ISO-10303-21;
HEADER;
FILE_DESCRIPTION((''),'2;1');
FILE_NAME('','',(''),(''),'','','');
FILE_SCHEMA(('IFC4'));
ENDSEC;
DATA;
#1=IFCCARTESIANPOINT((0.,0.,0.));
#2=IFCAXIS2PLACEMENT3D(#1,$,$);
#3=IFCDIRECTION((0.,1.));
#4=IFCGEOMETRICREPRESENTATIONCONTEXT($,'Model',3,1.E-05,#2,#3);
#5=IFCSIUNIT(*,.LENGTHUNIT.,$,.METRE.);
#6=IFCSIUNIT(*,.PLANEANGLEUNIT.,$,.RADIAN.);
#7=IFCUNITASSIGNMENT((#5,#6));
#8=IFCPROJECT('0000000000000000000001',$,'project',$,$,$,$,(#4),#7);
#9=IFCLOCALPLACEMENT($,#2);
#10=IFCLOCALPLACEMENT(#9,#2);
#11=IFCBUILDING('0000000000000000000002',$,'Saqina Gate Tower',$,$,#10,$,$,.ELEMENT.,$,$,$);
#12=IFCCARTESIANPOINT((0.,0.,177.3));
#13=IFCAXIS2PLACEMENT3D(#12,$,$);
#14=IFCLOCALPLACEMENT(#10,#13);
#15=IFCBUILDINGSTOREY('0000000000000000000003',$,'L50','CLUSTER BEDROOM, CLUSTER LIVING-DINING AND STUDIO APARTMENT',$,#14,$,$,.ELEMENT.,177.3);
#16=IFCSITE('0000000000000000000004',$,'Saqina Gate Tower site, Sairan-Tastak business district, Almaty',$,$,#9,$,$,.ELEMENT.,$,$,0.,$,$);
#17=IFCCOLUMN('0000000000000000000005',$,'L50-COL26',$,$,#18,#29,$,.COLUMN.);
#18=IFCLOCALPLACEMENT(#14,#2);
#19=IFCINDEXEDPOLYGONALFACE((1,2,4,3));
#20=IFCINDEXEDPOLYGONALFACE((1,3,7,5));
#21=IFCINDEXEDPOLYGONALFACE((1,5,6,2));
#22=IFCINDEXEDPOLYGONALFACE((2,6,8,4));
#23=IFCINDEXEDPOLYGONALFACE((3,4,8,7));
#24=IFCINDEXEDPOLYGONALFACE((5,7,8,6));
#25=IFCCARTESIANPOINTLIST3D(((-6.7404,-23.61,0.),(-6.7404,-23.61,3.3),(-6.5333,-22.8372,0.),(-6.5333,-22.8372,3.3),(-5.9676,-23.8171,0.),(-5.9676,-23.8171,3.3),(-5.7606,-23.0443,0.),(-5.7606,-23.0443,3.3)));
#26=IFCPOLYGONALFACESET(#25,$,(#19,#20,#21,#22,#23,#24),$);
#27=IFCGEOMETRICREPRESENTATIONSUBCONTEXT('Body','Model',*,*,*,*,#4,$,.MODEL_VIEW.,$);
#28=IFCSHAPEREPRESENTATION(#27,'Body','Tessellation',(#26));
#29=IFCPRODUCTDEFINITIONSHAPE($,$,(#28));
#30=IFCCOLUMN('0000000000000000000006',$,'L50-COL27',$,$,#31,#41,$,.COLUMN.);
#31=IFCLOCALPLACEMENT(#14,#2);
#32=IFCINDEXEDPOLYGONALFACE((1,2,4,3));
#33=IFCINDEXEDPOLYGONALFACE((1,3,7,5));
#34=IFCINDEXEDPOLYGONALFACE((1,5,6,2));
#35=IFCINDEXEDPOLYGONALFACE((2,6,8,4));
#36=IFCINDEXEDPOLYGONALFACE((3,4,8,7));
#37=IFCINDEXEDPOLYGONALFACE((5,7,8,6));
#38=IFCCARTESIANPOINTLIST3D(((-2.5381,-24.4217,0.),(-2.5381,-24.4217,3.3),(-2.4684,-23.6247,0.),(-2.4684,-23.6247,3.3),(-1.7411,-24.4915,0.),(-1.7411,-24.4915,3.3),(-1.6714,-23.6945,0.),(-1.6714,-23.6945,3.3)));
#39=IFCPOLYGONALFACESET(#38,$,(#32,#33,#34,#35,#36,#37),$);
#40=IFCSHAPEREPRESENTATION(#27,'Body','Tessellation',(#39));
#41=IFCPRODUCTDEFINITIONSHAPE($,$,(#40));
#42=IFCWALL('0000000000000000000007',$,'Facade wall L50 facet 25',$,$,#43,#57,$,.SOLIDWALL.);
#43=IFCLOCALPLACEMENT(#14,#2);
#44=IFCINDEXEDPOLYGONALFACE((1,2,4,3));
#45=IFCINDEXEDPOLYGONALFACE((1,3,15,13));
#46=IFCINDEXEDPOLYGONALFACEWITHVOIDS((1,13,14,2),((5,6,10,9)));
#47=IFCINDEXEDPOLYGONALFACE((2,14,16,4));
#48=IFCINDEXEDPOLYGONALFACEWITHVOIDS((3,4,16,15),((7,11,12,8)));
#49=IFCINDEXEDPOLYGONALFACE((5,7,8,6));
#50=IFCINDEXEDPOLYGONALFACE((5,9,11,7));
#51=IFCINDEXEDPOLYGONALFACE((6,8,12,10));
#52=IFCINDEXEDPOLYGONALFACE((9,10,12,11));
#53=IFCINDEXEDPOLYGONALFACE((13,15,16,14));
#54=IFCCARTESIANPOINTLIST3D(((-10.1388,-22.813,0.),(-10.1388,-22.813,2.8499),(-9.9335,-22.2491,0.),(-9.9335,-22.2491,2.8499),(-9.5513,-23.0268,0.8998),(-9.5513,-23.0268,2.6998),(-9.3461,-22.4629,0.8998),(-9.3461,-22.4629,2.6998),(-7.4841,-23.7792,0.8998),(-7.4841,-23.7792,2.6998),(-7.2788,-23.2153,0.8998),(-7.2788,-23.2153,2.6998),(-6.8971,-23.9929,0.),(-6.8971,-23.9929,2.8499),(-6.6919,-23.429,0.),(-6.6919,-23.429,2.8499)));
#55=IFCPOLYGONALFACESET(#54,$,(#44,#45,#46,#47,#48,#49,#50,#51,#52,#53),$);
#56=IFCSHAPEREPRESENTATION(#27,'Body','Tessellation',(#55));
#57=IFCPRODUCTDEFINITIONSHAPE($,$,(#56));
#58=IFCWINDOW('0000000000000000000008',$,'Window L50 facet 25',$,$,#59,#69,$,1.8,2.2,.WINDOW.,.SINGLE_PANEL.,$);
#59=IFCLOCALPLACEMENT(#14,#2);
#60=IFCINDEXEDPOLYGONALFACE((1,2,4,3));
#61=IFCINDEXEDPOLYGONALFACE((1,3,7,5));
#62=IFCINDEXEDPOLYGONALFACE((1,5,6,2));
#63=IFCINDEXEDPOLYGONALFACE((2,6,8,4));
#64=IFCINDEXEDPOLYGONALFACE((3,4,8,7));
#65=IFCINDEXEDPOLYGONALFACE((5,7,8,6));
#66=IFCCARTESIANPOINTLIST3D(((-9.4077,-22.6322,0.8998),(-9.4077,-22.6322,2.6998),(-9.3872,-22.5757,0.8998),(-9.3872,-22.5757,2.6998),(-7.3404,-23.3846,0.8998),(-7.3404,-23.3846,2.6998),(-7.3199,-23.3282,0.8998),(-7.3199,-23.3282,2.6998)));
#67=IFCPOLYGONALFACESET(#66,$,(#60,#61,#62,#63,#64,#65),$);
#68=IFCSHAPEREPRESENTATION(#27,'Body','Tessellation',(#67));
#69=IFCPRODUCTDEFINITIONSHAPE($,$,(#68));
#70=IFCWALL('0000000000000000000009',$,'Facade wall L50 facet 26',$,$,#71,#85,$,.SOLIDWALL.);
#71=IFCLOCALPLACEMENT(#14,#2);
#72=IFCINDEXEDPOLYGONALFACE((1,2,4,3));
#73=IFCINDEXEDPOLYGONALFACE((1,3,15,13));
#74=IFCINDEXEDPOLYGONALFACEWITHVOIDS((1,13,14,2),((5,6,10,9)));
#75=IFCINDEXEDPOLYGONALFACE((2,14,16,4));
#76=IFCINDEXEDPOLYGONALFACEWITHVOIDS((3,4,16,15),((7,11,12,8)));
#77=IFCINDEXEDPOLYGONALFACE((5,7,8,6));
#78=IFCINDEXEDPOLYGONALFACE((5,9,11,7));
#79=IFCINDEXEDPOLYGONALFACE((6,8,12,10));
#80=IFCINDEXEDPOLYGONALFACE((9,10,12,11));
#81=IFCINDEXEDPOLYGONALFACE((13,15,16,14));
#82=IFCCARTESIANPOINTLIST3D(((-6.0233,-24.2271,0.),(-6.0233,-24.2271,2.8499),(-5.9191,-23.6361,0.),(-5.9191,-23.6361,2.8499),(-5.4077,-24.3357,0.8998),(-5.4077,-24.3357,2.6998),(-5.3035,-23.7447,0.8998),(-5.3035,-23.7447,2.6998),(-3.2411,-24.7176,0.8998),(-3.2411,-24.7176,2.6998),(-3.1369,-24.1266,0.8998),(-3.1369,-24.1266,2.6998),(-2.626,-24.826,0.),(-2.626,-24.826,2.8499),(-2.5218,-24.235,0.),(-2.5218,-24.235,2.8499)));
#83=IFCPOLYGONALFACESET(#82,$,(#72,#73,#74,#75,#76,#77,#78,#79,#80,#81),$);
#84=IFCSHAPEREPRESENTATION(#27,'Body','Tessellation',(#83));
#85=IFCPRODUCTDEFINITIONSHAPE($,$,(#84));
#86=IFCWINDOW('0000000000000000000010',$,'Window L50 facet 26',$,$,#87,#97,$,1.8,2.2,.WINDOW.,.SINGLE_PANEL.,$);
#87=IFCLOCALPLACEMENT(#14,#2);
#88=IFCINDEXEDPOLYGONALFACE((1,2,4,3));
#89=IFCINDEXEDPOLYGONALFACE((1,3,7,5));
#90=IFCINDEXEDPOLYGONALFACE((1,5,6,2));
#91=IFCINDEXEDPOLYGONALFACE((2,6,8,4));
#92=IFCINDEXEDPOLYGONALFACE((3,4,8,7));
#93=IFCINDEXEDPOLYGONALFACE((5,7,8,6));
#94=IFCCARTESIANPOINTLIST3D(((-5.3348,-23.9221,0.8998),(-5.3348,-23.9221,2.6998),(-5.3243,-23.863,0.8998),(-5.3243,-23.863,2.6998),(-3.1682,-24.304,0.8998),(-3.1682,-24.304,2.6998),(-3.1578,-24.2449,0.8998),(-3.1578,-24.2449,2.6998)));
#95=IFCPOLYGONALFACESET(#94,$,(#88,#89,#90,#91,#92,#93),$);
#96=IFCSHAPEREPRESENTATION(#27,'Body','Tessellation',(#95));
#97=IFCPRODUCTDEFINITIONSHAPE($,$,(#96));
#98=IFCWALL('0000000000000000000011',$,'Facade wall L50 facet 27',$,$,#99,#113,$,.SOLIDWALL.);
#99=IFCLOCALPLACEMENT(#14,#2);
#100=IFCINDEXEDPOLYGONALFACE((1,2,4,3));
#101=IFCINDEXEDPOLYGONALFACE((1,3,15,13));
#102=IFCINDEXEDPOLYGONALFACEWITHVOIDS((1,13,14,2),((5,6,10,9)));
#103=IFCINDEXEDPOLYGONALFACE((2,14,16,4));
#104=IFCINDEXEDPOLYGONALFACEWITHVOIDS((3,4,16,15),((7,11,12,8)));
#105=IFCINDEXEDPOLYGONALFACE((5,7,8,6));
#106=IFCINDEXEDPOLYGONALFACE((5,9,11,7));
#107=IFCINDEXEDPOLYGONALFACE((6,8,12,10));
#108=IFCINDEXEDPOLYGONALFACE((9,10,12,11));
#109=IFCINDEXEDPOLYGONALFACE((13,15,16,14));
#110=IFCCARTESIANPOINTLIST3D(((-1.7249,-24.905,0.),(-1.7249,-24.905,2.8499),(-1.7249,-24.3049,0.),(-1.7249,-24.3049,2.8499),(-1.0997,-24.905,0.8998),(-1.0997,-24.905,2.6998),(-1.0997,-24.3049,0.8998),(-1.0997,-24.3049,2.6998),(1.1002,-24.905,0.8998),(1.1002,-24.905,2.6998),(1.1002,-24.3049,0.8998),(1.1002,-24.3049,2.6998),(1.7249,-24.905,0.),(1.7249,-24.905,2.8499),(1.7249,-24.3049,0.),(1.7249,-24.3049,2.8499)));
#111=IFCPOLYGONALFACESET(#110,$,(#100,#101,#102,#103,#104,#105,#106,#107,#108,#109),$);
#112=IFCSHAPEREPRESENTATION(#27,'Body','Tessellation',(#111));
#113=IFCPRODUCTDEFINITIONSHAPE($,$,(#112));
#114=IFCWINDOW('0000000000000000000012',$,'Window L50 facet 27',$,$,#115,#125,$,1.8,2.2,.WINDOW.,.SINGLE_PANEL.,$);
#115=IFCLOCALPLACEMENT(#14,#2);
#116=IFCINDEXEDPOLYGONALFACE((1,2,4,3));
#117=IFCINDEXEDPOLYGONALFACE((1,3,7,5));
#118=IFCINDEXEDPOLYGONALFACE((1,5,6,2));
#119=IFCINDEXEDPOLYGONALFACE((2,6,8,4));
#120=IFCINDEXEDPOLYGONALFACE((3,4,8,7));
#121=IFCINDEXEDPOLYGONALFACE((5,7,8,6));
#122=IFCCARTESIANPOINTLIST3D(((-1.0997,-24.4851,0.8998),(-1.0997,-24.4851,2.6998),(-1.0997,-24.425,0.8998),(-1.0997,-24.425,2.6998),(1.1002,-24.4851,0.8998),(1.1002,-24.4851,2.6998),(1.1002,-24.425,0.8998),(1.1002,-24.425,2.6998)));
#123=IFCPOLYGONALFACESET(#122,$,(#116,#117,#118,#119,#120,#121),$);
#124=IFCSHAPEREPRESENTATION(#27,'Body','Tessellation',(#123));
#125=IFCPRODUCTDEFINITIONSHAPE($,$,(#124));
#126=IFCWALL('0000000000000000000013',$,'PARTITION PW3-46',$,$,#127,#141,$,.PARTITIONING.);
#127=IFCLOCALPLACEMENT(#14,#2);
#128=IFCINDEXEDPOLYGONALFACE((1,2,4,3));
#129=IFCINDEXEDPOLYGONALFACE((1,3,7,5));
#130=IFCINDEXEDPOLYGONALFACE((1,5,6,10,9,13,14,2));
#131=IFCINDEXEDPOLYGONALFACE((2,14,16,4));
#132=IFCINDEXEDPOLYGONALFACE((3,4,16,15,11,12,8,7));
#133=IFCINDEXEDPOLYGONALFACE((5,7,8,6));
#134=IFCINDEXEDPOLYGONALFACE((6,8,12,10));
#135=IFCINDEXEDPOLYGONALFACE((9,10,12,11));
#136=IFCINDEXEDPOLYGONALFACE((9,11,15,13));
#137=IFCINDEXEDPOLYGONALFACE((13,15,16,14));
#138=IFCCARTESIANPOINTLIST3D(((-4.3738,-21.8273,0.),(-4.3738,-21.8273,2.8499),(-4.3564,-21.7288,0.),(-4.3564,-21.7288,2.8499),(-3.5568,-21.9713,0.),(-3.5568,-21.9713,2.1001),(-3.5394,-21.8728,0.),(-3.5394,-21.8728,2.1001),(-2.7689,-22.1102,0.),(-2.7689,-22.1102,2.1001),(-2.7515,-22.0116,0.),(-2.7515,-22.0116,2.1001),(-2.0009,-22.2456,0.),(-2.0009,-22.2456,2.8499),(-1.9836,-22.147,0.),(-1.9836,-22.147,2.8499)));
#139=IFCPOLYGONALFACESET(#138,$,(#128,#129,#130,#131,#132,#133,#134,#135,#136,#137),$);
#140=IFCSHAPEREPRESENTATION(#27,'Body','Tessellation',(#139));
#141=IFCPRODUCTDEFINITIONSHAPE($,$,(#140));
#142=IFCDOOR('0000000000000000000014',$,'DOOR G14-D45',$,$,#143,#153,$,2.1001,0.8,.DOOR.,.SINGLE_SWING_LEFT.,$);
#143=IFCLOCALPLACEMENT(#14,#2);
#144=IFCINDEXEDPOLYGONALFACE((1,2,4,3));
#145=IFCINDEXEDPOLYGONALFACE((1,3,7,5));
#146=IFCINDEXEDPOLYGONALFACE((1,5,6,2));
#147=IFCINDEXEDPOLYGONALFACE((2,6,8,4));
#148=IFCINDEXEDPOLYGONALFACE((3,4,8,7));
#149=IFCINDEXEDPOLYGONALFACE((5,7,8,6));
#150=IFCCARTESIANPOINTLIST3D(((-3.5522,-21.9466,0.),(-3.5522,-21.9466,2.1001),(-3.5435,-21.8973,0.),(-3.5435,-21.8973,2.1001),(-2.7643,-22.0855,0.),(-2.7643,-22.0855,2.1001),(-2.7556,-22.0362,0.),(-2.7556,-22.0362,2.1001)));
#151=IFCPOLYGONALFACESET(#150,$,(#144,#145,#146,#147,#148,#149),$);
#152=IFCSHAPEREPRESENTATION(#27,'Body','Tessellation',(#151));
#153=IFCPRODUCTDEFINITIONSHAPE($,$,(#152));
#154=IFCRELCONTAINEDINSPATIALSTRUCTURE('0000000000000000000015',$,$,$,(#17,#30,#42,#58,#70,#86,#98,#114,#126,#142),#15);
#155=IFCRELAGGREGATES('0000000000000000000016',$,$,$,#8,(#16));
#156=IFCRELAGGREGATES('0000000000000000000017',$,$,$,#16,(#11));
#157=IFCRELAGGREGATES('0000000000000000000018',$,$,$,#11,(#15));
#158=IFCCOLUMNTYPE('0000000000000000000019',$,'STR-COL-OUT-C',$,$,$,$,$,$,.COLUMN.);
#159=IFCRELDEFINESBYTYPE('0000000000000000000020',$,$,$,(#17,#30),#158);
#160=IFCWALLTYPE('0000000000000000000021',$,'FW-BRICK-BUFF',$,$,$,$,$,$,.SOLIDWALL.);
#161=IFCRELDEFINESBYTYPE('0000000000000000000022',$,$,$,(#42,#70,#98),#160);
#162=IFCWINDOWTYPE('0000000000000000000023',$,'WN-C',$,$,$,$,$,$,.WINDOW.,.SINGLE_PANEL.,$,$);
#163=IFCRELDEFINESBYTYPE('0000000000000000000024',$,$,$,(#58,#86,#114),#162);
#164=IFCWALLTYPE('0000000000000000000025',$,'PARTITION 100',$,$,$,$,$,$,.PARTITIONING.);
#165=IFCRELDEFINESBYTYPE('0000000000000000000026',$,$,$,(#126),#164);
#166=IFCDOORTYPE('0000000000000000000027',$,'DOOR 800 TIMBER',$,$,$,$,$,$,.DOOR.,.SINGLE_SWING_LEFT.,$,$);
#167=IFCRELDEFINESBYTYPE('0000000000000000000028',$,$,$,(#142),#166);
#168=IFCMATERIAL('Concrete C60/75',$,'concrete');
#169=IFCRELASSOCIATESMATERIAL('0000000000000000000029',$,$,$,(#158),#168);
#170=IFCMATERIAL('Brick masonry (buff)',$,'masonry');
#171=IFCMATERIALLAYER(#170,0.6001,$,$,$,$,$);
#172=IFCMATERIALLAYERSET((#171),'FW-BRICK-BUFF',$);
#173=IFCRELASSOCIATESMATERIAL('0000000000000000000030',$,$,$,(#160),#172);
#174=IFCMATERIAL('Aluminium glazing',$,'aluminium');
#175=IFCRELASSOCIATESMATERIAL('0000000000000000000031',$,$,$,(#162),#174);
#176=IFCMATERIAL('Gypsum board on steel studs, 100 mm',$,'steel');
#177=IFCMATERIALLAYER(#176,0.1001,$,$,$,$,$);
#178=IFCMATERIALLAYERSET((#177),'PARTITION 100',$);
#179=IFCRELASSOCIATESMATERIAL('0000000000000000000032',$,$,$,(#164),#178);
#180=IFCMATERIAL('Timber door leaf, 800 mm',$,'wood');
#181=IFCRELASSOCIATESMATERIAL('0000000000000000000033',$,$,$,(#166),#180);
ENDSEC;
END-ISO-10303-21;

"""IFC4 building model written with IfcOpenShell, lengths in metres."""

from ifc_helpers import new_model, si_unit, direction, frame, frame_2d, origin, origin_2d, place, context, subcontext, project, spatial, rectangle, extrude, material, layer, layer_set, material_profile, profile_set, type_object, element, fill, save


model = new_model("IFC4")

# Units and contexts
model_context = context("Model", 3, precision=1e-05, world=origin(), true_north=direction((0.0, 1.0)))
body_context = subcontext(model_context, "Body", "Model", "MODEL_VIEW")
ifc_project = project(units=[si_unit("LENGTHUNIT", "METRE"), si_unit("PLANEANGLEUNIT", "RADIAN")], contexts=[model_context])

# Site, building, storey
site_placement = place(None, origin())
site = spatial("IfcSite", under=ifc_project, at=site_placement, Name="Saqina Gate Tower site, Sairan-Tastak business district, Almaty", CompositionType="ELEMENT", RefElevation=0.0)
building_placement = place(site_placement, origin())
building = spatial("IfcBuilding", under=site, at=building_placement, Name="Saqina Gate Tower", CompositionType="ELEMENT")
storey_placement = place(building_placement, frame((0.0, 0.0, 177.3)))
storey = spatial("IfcBuildingStorey", under=building, at=storey_placement, Name="L50", Description="CLUSTER BEDROOM, CLUSTER LIVING-DINING AND STUDIO APARTMENT", CompositionType="ELEMENT", Elevation=177.3)

# Columns
ifc_material_1 = material(Name="Concrete C60/75", Category="concrete")
ifc_material_profile = material_profile(ifc_material_1, rectangle(XDim=0.8, YDim=0.8, at=origin_2d()), Name="RC 800x800")
ifc_profile_set = profile_set([ifc_material_profile], Name="Concrete C60/75")
column_type = type_object("IfcColumnType", Name="STR-COL-OUT-C", PredefinedType="COLUMN", material=ifc_profile_set)
for number, where, z_axis, x_axis, name in (
    (1, (-6.2505, -23.3271, 0.0), (0.0, 0.0, 1.0), (-0.258819, -0.965926, 0.0), "L50-COL26"),
    (2, (-2.1047, -24.0581, 0.0), (0.0, 0.0, 1.0), (-0.087156, -0.996195, 0.0), "L50-COL27"),
):
    element("IfcColumn", number, at=place(storey_placement, frame(where, z_axis=z_axis, x_axis=x_axis)), inside=storey, type_object=column_type, Name=name, PredefinedType="COLUMN", context=body_context, shape_type="SweptSolid", body=[
        extrude(rectangle(XDim=0.8, YDim=0.8, at=origin_2d()), origin(), (0.0, 0.0, 1.0), 3.3),
    ])

# Walls, openings, windows
ifc_material_2 = material(Name="Brick masonry (buff)", Category="masonry")
ifc_layer_1 = layer(ifc_material_2, 0.6001)
ifc_layer_set_1 = layer_set([ifc_layer_1], Name="FW-BRICK-BUFF")
wall_type_1 = type_object("IfcWallType", Name="FW-BRICK-BUFF", PredefinedType="SOLIDWALL", material=ifc_layer_set_1)
wall_1_placement = place(storey_placement, frame((-10.0361, -22.531, 0.0), z_axis=(0.0, 0.0, 1.0), x_axis=(0.939688, -0.342033, 0.0)))
wall_1 = element("IfcWall", 3, at=wall_1_placement, inside=storey, type_object=wall_type_1, Name="Facade wall L50 facet 25", PredefinedType="SOLIDWALL", context=body_context, shape_type="SweptSolid", body=[
    extrude(rectangle(XDim=3.4497, YDim=0.6001, at=frame_2d((1.7249, 0.0))), origin(), (0.0, 0.0, 1.0), 2.8499),
])
opening_1_placement = place(wall_1_placement, frame((0.625, 0.0, 0.8999)))
opening_1 = element("IfcOpeningElement", 4, at=opening_1_placement, cuts=wall_1, PredefinedType="OPENING", context=body_context, shape_type="SweptSolid", body=[
    extrude(rectangle(XDim=2.2, YDim=1.8, at=frame_2d((1.1001, 0.8999))), frame((0.0, 0.312, 0.0), z_axis=(0.0, -1.0, 0.0), x_axis=(1.0, 0.0, 0.0)), (0.0, 0.0, 1.0), 0.624),
])
ifc_material_3 = material(Name="Aluminium glazing", Category="aluminium")
window_type = type_object("IfcWindowType", Name="WN-C", PartitioningType="SINGLE_PANEL", PredefinedType="WINDOW", material=ifc_material_3)
window_1_placement = place(opening_1_placement, origin())
window_1 = element("IfcWindow", 5, at=window_1_placement, inside=storey, type_object=window_type, Name="Window L50 facet 25", OverallHeight=1.8, OverallWidth=2.2, PartitioningType="SINGLE_PANEL", PredefinedType="WINDOW", context=body_context, shape_type="SweptSolid", body=[
    extrude(rectangle(XDim=2.2, YDim=1.8, at=frame_2d((1.1001, 0.8999))), frame((0.0, 0.1799, 0.0), z_axis=(0.0, -1.0, 0.0), x_axis=(1.0, 0.0, 0.0)), (0.0, 0.0, 1.0), 0.0601),
])
fill(opening_1, window_1)
wall_2_placement = place(storey_placement, frame((-5.9712, -23.9316, 0.0), z_axis=(0.0, 0.0, 1.0), x_axis=(0.984815, -0.173608, 0.0)))
wall_2 = element("IfcWall", 6, at=wall_2_placement, inside=storey, type_object=wall_type_1, Name="Facade wall L50 facet 26", PredefinedType="SOLIDWALL", context=body_context, shape_type="SweptSolid", body=[
    extrude(rectangle(XDim=3.4497, YDim=0.6001, at=frame_2d((1.7249, 0.0))), origin(), (0.0, 0.0, 1.0), 2.8499),
])
opening_2_placement = place(wall_2_placement, frame((0.625, 0.0, 0.8999)))
opening_2 = element("IfcOpeningElement", 7, at=opening_2_placement, cuts=wall_2, PredefinedType="OPENING", context=body_context, shape_type="SweptSolid", body=[
    extrude(rectangle(XDim=2.2, YDim=1.8, at=frame_2d((1.1001, 0.8999))), frame((0.0, 0.312, 0.0), z_axis=(0.0, -1.0, 0.0), x_axis=(1.0, 0.0, 0.0)), (0.0, 0.0, 1.0), 0.624),
])
window_2_placement = place(opening_2_placement, origin())
window_2 = element("IfcWindow", 8, at=window_2_placement, inside=storey, type_object=window_type, Name="Window L50 facet 26", OverallHeight=1.8, OverallWidth=2.2, PartitioningType="SINGLE_PANEL", PredefinedType="WINDOW", context=body_context, shape_type="SweptSolid", body=[
    extrude(rectangle(XDim=2.2, YDim=1.8, at=frame_2d((1.1001, 0.8999))), frame((0.0, 0.1799, 0.0), z_axis=(0.0, -1.0, 0.0), x_axis=(1.0, 0.0, 0.0)), (0.0, 0.0, 1.0), 0.0601),
])
fill(opening_2, window_2)
wall_3_placement = place(storey_placement, frame((-1.7249, -24.605, 0.0), z_axis=(0.0, 0.0, 1.0), x_axis=(1.0, 0.0, 0.0)))
wall_3 = element("IfcWall", 9, at=wall_3_placement, inside=storey, type_object=wall_type_1, Name="Facade wall L50 facet 27", PredefinedType="SOLIDWALL", context=body_context, shape_type="SweptSolid", body=[
    extrude(rectangle(XDim=3.4497, YDim=0.6001, at=frame_2d((1.7249, 0.0))), origin(), (0.0, 0.0, 1.0), 2.8499),
])
opening_3_placement = place(wall_3_placement, frame((0.625, 0.0, 0.8999)))
opening_3 = element("IfcOpeningElement", 10, at=opening_3_placement, cuts=wall_3, PredefinedType="OPENING", context=body_context, shape_type="SweptSolid", body=[
    extrude(rectangle(XDim=2.2, YDim=1.8, at=frame_2d((1.1001, 0.8999))), frame((0.0, 0.312, 0.0), z_axis=(0.0, -1.0, 0.0), x_axis=(1.0, 0.0, 0.0)), (0.0, 0.0, 1.0), 0.624),
])
window_3_placement = place(opening_3_placement, origin())
window_3 = element("IfcWindow", 11, at=window_3_placement, inside=storey, type_object=window_type, Name="Window L50 facet 27", OverallHeight=1.8, OverallWidth=2.2, PartitioningType="SINGLE_PANEL", PredefinedType="WINDOW", context=body_context, shape_type="SweptSolid", body=[
    extrude(rectangle(XDim=2.2, YDim=1.8, at=frame_2d((1.1001, 0.8999))), frame((0.0, 0.1799, 0.0), z_axis=(0.0, -1.0, 0.0), x_axis=(1.0, 0.0, 0.0)), (0.0, 0.0, 1.0), 0.0601),
])
fill(opening_3, window_3)

# Wall, opening, door
ifc_material_4 = material(Name="Gypsum board on steel studs, 100 mm", Category="steel")
ifc_layer_2 = layer(ifc_material_4, 0.1001)
ifc_layer_set_2 = layer_set([ifc_layer_2], Name="PARTITION 100")
wall_type_2 = type_object("IfcWallType", Name="PARTITION 100", PredefinedType="PARTITIONING", material=ifc_layer_set_2)
wall_4_placement = place(storey_placement, frame((-4.365, -21.7781, 0.0), z_axis=(0.0, 0.0, 1.0), x_axis=(0.98482, -0.173577, 0.0)))
wall_4 = element("IfcWall", 12, at=wall_4_placement, inside=storey, type_object=wall_type_2, Name="PARTITION PW3-46", PredefinedType="PARTITIONING", context=body_context, shape_type="SweptSolid", body=[
    extrude(rectangle(XDim=2.4094, YDim=0.1001, at=frame_2d((1.2046, 0.0))), origin(), (0.0, 0.0, 1.0), 2.8499),
])
opening_4_placement = place(wall_4_placement, frame((0.8296, 0.0, 0.0)))
opening_4 = element("IfcOpeningElement", 13, at=opening_4_placement, cuts=wall_4, PredefinedType="OPENING", context=body_context, shape_type="SweptSolid", body=[
    extrude(rectangle(XDim=0.8, YDim=2.1001, at=frame_2d((0.3999, 1.05))), frame((0.0, 0.062, 0.0), z_axis=(0.0, -1.0, 0.0), x_axis=(1.0, 0.0, 0.0)), (0.0, 0.0, 1.0), 0.124),
])
ifc_material_5 = material(Name="Timber door leaf, 800 mm", Category="wood")
door_type = type_object("IfcDoorType", Name="DOOR 800 TIMBER", OperationType="SINGLE_SWING_LEFT", PredefinedType="DOOR", material=ifc_material_5)
door_1_placement = place(opening_4_placement, frame((0.8, 0.0, 0.0), z_axis=(0.0, 0.0, 1.0), x_axis=(-1.0, 0.0, 0.0)))
door_1 = element("IfcDoor", 14, at=door_1_placement, inside=storey, type_object=door_type, Name="DOOR G14-D45", OperationType="SINGLE_SWING_LEFT", OverallHeight=2.1001, OverallWidth=0.8, PredefinedType="DOOR", context=body_context, shape_type="SweptSolid", body=[
    extrude(rectangle(XDim=0.8, YDim=2.1001, at=frame_2d((0.3999, 1.05))), frame((0.0, 0.0249, 0.0), z_axis=(0.0, -1.0, 0.0), x_axis=(1.0, 0.0, 0.0)), (0.0, 0.0, 1.0), 0.05),
])
fill(opening_4, door_1)

save(model, "model.ifc")
